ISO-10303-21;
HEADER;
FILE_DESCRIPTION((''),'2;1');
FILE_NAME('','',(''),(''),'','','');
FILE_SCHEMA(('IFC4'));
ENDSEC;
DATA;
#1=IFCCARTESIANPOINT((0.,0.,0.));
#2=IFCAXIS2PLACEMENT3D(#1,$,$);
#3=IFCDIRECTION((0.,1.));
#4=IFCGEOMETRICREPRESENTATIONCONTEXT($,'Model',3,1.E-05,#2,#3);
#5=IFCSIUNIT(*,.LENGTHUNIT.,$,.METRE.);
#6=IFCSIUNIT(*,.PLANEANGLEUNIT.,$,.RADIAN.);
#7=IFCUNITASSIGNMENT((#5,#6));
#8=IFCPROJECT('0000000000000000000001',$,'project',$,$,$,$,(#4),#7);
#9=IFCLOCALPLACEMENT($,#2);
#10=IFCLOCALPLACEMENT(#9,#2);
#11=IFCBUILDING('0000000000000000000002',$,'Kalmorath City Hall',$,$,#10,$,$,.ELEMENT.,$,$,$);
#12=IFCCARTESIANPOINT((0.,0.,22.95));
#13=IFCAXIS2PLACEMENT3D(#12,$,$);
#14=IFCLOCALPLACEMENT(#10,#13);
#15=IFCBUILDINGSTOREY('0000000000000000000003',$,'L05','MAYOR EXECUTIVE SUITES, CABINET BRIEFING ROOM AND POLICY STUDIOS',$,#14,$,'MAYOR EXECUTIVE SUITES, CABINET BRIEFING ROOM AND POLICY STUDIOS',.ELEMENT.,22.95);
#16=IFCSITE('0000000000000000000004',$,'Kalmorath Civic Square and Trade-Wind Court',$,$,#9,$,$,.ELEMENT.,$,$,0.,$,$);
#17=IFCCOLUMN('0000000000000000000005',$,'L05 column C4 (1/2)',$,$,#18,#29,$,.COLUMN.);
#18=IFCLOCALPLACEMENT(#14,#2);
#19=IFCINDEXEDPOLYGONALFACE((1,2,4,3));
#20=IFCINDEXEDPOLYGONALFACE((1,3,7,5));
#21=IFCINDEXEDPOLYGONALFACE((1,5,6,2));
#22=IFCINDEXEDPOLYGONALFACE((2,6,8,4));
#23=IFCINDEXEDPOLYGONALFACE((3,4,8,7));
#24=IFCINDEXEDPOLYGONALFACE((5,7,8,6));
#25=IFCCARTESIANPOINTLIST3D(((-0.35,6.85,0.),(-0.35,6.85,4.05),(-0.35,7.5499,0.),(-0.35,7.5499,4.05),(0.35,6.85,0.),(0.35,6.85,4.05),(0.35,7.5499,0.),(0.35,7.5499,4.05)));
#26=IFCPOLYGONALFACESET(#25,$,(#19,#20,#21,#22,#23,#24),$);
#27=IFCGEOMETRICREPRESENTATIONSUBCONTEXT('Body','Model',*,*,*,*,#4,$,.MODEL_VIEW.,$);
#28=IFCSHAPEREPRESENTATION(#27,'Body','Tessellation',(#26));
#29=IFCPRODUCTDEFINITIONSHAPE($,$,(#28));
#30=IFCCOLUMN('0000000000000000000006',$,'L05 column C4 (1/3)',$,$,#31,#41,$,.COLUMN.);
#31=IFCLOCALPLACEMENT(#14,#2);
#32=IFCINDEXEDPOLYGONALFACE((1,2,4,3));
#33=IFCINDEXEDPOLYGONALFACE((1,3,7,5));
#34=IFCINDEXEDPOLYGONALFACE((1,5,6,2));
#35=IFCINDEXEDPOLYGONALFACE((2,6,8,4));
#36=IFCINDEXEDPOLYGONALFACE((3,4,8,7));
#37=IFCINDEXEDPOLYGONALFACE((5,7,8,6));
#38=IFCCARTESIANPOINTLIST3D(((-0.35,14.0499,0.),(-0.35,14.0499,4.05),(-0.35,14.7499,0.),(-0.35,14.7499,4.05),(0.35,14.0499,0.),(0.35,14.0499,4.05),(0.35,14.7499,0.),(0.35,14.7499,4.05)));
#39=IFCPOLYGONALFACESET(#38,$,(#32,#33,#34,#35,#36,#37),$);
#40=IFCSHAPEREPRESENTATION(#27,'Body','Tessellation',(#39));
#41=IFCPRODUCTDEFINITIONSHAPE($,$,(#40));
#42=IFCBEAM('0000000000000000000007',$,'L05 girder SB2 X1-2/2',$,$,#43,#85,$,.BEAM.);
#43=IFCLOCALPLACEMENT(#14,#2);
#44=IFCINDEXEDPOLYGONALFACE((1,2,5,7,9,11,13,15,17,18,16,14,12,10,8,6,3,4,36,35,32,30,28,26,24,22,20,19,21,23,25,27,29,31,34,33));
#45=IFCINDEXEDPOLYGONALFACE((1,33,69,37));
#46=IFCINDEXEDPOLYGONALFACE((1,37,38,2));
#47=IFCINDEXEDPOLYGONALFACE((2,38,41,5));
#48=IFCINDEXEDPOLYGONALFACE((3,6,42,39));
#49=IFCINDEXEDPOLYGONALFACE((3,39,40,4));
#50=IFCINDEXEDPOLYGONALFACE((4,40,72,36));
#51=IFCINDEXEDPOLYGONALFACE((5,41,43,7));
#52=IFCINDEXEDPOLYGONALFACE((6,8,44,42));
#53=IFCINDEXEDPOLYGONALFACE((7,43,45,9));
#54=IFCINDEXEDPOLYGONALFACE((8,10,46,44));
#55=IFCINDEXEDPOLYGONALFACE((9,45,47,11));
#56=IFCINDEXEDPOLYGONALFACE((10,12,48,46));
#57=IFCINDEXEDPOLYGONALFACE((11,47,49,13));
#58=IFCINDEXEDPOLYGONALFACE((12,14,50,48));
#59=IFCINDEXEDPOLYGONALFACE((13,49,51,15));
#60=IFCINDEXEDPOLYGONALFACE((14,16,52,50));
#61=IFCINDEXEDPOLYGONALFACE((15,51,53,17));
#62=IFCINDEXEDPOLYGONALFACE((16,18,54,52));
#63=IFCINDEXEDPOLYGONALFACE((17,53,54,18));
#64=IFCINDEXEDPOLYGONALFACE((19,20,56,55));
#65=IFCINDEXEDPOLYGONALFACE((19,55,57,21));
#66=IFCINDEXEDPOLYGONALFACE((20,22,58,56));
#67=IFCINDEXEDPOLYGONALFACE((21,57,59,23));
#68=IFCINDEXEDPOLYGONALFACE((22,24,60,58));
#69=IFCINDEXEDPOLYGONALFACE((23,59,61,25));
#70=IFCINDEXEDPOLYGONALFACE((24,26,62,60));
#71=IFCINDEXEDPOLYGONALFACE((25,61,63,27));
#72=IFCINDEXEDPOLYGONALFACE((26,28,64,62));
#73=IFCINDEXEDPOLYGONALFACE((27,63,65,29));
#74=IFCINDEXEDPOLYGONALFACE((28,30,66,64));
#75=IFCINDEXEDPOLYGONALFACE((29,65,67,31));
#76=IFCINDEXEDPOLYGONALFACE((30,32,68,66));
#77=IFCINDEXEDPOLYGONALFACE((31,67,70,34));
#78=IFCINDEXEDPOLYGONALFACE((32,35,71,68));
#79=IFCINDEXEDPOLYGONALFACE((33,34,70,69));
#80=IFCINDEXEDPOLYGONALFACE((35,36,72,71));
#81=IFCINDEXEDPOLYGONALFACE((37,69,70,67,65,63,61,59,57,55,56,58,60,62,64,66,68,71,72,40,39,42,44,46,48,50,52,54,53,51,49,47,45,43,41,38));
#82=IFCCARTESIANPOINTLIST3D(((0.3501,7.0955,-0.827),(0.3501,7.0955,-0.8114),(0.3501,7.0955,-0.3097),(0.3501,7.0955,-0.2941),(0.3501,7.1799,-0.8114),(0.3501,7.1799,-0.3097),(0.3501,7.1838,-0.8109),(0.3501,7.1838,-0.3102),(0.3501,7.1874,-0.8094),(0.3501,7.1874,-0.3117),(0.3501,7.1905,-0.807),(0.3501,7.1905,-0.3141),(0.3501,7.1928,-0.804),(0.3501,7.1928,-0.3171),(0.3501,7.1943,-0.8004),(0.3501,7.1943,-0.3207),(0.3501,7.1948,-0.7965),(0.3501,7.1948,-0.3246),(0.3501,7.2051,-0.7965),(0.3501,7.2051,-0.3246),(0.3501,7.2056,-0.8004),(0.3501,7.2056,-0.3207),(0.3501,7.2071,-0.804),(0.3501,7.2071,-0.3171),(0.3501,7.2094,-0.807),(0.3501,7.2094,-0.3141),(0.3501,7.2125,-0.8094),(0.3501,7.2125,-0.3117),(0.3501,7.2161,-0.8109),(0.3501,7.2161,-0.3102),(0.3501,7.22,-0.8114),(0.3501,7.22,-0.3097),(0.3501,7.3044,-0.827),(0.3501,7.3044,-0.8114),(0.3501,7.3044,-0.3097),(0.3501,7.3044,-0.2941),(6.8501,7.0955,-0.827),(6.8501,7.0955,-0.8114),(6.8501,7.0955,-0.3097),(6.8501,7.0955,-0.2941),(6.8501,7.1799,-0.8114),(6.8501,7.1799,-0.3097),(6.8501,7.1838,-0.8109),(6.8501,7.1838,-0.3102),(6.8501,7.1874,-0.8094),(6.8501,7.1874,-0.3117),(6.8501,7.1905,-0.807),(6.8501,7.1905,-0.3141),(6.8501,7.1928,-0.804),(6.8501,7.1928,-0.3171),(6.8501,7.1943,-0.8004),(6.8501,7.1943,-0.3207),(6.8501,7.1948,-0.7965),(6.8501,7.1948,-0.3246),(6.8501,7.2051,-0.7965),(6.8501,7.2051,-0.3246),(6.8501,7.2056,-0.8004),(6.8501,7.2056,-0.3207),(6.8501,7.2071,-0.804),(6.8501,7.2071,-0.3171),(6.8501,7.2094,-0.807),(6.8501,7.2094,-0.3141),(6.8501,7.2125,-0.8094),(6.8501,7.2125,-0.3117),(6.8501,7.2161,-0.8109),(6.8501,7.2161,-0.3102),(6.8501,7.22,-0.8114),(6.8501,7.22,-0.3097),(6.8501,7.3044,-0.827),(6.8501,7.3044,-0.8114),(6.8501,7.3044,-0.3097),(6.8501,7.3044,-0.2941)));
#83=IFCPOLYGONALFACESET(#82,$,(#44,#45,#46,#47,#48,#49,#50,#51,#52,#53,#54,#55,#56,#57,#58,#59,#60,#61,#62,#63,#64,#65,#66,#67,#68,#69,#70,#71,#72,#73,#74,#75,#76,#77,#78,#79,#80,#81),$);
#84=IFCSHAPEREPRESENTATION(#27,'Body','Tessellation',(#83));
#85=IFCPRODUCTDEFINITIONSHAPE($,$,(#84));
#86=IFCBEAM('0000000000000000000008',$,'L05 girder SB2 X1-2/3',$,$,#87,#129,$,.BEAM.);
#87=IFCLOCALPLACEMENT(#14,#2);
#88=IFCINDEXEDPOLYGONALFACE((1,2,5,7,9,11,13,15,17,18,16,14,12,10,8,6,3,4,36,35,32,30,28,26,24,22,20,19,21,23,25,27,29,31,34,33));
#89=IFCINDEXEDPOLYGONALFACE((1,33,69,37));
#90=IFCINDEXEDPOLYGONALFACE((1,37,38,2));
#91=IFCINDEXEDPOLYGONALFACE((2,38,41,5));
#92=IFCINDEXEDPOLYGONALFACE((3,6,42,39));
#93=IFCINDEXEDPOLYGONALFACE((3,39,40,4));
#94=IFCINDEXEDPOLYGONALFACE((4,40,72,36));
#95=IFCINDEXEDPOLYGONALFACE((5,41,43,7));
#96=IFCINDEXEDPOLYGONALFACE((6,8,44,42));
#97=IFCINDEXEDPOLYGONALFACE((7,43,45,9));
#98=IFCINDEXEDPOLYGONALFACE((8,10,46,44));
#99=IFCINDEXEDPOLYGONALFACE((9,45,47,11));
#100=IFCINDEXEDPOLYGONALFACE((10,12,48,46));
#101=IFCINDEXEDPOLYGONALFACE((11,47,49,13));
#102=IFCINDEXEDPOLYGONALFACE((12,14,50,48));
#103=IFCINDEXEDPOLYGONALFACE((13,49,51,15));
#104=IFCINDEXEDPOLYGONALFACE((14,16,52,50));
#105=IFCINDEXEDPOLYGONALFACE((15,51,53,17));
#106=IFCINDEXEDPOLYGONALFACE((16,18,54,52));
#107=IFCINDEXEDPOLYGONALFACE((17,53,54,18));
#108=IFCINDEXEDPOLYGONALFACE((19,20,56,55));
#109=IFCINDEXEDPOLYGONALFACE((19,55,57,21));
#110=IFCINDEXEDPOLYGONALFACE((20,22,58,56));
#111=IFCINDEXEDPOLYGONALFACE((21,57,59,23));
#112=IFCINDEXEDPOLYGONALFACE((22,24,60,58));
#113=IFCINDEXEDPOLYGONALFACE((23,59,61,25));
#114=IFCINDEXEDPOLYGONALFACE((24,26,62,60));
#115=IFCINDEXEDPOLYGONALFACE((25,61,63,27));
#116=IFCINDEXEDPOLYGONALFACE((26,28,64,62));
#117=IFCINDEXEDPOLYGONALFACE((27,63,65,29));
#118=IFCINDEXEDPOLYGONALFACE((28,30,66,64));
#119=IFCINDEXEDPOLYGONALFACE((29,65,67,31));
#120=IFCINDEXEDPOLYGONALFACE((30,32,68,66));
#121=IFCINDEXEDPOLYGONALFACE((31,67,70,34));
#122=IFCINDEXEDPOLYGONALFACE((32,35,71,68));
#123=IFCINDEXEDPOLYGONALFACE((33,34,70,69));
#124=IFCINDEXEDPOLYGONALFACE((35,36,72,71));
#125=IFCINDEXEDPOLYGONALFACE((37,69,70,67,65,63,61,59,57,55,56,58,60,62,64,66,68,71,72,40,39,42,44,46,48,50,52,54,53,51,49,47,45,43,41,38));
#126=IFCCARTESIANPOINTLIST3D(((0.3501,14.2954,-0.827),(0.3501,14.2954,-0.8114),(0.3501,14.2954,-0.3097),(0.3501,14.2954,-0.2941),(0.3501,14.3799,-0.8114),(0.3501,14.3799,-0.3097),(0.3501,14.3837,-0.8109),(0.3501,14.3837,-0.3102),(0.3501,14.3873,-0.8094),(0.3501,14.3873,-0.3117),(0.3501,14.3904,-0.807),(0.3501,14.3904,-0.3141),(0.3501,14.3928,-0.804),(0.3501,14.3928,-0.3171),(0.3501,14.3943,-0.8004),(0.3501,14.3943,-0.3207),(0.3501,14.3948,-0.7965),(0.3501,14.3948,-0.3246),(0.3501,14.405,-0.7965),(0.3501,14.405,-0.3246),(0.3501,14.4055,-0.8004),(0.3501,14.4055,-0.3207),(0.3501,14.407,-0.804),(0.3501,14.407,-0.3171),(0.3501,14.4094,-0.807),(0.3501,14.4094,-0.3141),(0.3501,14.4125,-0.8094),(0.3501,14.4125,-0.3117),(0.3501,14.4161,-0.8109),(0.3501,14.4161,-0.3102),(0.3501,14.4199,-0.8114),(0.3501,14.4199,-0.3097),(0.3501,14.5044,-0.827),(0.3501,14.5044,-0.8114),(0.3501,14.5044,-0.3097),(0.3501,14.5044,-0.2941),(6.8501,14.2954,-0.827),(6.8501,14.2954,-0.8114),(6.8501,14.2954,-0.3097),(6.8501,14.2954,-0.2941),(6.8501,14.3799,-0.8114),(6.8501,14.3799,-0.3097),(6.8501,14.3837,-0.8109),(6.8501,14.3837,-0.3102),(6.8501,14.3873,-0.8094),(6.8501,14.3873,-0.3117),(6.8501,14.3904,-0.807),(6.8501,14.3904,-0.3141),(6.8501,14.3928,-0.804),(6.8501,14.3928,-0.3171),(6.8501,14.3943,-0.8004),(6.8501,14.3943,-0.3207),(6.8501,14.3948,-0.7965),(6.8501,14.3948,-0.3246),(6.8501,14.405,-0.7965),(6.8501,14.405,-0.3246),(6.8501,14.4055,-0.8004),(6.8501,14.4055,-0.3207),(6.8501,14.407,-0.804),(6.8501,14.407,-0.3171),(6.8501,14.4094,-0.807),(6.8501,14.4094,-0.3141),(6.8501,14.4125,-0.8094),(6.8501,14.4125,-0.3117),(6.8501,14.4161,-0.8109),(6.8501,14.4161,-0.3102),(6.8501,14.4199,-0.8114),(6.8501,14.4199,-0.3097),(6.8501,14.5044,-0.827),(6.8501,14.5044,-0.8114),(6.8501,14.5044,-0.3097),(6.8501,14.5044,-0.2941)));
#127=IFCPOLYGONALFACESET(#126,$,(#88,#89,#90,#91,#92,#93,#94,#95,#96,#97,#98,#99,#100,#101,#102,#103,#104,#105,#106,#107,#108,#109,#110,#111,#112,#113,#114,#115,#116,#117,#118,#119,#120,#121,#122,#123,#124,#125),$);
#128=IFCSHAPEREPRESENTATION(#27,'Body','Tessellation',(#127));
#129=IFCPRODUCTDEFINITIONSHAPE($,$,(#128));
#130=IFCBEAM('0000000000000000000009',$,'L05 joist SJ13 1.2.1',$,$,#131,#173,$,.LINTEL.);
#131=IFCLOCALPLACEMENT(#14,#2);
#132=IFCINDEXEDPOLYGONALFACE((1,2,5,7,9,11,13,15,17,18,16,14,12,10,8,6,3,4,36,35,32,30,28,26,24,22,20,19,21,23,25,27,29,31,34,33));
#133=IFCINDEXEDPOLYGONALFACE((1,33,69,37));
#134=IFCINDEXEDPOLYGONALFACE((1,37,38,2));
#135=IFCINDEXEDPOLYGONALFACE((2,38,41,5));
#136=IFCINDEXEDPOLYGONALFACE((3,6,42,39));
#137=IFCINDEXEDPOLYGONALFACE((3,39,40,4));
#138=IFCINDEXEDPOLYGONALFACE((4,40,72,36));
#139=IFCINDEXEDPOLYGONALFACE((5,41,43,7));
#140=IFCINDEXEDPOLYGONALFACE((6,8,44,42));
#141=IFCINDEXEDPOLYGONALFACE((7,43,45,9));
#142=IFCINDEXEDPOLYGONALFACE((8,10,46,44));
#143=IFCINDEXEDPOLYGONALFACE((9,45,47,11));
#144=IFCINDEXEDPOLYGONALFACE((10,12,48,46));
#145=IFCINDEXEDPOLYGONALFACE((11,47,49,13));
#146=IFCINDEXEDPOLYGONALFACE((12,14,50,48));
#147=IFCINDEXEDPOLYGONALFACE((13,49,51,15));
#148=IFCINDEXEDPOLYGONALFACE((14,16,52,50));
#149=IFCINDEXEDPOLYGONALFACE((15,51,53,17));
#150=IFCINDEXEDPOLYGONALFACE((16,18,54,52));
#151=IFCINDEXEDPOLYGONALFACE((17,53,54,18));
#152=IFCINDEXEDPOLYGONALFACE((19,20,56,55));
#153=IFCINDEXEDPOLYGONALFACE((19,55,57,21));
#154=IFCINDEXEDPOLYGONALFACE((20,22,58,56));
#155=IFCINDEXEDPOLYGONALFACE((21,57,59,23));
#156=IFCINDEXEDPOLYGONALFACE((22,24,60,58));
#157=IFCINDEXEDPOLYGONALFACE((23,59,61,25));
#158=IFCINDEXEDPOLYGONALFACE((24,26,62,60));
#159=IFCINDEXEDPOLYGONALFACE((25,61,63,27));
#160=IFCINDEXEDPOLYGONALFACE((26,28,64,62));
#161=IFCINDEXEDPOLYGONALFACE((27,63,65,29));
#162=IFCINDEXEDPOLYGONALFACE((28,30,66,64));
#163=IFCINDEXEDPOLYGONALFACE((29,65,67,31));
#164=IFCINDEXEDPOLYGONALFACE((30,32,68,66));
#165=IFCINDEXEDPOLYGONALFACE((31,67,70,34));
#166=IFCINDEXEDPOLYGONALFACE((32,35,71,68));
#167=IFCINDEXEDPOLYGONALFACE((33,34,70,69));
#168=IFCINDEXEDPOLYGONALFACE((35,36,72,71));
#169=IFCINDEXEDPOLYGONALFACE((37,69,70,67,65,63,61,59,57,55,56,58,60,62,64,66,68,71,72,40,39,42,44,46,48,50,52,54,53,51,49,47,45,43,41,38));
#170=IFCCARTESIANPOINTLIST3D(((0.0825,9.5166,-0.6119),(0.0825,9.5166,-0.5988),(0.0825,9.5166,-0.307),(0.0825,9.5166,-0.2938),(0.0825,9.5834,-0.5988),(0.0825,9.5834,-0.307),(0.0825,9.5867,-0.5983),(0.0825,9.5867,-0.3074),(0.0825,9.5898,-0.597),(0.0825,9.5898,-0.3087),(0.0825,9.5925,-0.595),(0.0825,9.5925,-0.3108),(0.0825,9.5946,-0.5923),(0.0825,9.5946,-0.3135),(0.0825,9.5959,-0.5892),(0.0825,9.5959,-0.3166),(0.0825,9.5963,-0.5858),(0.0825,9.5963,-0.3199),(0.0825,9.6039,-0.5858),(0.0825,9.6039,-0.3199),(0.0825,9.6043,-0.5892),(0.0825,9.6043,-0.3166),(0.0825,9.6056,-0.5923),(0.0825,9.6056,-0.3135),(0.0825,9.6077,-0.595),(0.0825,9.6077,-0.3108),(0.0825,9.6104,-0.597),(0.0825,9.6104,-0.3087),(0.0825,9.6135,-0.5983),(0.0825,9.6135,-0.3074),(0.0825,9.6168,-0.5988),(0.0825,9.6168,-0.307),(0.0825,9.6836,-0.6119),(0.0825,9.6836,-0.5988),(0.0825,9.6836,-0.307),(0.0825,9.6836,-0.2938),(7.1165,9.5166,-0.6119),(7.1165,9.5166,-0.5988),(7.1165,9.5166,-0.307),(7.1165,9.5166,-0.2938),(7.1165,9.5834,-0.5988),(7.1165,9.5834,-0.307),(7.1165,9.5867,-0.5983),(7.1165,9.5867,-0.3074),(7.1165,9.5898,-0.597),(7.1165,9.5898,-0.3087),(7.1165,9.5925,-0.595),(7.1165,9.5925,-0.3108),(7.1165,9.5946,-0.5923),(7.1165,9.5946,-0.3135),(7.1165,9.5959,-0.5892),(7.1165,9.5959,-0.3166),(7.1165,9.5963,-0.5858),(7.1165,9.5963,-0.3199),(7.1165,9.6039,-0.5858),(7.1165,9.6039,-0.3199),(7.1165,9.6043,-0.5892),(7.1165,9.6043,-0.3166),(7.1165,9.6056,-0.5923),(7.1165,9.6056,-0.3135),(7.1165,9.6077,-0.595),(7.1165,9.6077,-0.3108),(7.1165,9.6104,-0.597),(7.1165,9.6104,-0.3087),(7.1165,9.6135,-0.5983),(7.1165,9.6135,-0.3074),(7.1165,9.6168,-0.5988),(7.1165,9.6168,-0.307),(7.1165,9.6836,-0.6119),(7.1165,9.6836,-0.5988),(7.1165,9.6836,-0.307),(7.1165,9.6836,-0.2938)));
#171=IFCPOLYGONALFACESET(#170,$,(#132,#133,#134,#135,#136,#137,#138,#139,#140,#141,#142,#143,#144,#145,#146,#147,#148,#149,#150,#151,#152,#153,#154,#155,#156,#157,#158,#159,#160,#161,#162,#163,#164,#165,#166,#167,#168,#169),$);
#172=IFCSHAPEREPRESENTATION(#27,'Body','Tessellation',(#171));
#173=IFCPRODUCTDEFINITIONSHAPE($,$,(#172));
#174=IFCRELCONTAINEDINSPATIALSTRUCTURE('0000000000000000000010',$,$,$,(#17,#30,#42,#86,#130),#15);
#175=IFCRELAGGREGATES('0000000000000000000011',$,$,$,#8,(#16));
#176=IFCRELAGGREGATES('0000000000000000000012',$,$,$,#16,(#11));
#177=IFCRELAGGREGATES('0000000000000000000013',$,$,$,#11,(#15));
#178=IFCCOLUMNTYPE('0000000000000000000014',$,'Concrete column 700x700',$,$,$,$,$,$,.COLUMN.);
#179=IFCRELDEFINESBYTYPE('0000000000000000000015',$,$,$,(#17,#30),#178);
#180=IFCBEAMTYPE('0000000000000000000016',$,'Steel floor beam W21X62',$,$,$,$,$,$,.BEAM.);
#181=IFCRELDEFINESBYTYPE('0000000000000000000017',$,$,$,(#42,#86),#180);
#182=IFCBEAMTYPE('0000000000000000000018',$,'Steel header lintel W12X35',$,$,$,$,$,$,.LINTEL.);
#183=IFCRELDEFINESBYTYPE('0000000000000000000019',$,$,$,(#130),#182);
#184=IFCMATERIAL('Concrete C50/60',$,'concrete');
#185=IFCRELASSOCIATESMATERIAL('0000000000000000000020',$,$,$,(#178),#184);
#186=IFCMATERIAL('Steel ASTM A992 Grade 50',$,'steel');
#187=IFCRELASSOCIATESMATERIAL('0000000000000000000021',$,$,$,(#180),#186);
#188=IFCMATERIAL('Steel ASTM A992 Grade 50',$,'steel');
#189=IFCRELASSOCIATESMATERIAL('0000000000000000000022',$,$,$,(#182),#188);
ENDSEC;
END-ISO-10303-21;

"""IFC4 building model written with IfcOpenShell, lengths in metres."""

from ifc_helpers import new_model, si_unit, direction, frame, origin, origin_2d, place, context, subcontext, project, spatial, rectangle, i_section, extrude, material, material_profile, profile_set, type_object, element, save


model = new_model("IFC4")

# Units and contexts
model_context = context("Model", 3, precision=1e-05, world=origin(), true_north=direction((0.0, 1.0)))
body_context = subcontext(model_context, "Body", "Model", "MODEL_VIEW")
ifc_project = project(units=[si_unit("LENGTHUNIT", "METRE"), si_unit("PLANEANGLEUNIT", "RADIAN")], contexts=[model_context])

# Site, building, storey
site_placement = place(None, origin())
site = spatial("IfcSite", under=ifc_project, at=site_placement, Name="Kalmorath Civic Square and Trade-Wind Court", CompositionType="ELEMENT", RefElevation=0.0)
building_placement = place(site_placement, origin())
building = spatial("IfcBuilding", under=site, at=building_placement, Name="Kalmorath City Hall", CompositionType="ELEMENT")
storey_placement = place(building_placement, frame((0.0, 0.0, 22.95)))
storey = spatial("IfcBuildingStorey", under=building, at=storey_placement, Name="L05", Description="MAYOR EXECUTIVE SUITES, CABINET BRIEFING ROOM AND POLICY STUDIOS", LongName="MAYOR EXECUTIVE SUITES, CABINET BRIEFING ROOM AND POLICY STUDIOS", CompositionType="ELEMENT", Elevation=22.95)

# Columns
ifc_material_1 = material(Name="Concrete C50/60", Category="concrete")
ifc_material_profile_1 = material_profile(ifc_material_1, rectangle(XDim=0.7, YDim=0.7, at=origin_2d()), Name="RC-COL-700X700")
ifc_profile_set_1 = profile_set([ifc_material_profile_1], Name="Concrete C50/60")
column_type = type_object("IfcColumnType", Name="Concrete column 700x700", PredefinedType="COLUMN", material=ifc_profile_set_1)
for number, where, z_axis, x_axis, name in (
    (1, (0.0, 7.2, 0.0), (0.0, 0.0, 1.0), (1.0, 0.0, 0.0), "L05 column C4 (1/2)"),
    (2, (0.0, 14.3999, 0.0), (0.0, 0.0, 1.0), (1.0, 0.0, 0.0), "L05 column C4 (1/3)"),
):
    element("IfcColumn", number, at=place(storey_placement, frame(where, z_axis=z_axis, x_axis=x_axis)), inside=storey, type_object=column_type, Name=name, PredefinedType="COLUMN", context=body_context, shape_type="SweptSolid", body=[
        extrude(rectangle(XDim=0.7, YDim=0.7, at=origin_2d()), origin(), (0.0, 0.0, 1.0), 4.05),
    ])

# Beams
ifc_material_2 = material(Name="Steel ASTM A992 Grade 50", Category="steel")
ifc_material_profile_2 = material_profile(ifc_material_2, i_section(OverallWidth=0.209, OverallDepth=0.533, WebThickness=0.0103, FlangeThickness=0.0156, FilletRadius=0.0149, at=origin_2d()), Name="W21X62")
ifc_profile_set_2 = profile_set([ifc_material_profile_2], Name="Steel ASTM A992 Grade 50")
beam_type_1 = type_object("IfcBeamType", Name="Steel floor beam W21X62", PredefinedType="BEAM", material=ifc_profile_set_2)
for number, where, z_axis, x_axis, name in (
    (3, (0.3501, 7.2, -0.5605), (1.0, 0.0, 0.0), (0.0, 1.0, 0.0), "L05 girder SB2 X1-2/2"),
    (4, (0.3501, 14.3999, -0.5605), (1.0, 0.0, 0.0), (0.0, 1.0, 0.0), "L05 girder SB2 X1-2/3"),
):
    element("IfcBeam", number, at=place(storey_placement, frame(where, z_axis=z_axis, x_axis=x_axis)), inside=storey, type_object=beam_type_1, Name=name, PredefinedType="BEAM", context=body_context, shape_type="SweptSolid", body=[
        extrude(i_section(OverallWidth=0.209, OverallDepth=0.533, WebThickness=0.0103, FlangeThickness=0.0156, FilletRadius=0.0149, at=origin_2d()), origin(), (0.0, 0.0, 1.0), 6.5),
    ])
ifc_material_3 = material(Name="Steel ASTM A992 Grade 50", Category="steel")
ifc_material_profile_3 = material_profile(ifc_material_3, i_section(OverallWidth=0.167, OverallDepth=0.3181, WebThickness=0.0076, FlangeThickness=0.0132, FilletRadius=0.0129, at=origin_2d()), Name="W12X35")
ifc_profile_set_3 = profile_set([ifc_material_profile_3], Name="Steel ASTM A992 Grade 50")
beam_type_2 = type_object("IfcBeamType", Name="Steel header lintel W12X35", PredefinedType="LINTEL", material=ifc_profile_set_3)
for number, where, z_axis, x_axis, name in (
    (5, (0.0825, 9.6001, -0.4529), (1.0, 0.0, 0.0), (0.0, 1.0, 0.0), "L05 joist SJ13 1.2.1"),
):
    element("IfcBeam", number, at=place(storey_placement, frame(where, z_axis=z_axis, x_axis=x_axis)), inside=storey, type_object=beam_type_2, Name=name, PredefinedType="LINTEL", context=body_context, shape_type="SweptSolid", body=[
        extrude(i_section(OverallWidth=0.167, OverallDepth=0.3181, WebThickness=0.0076, FlangeThickness=0.0132, FilletRadius=0.0129, at=origin_2d()), origin(), (0.0, 0.0, 1.0), 7.0339),
    ])

save(model, "model.ifc")
